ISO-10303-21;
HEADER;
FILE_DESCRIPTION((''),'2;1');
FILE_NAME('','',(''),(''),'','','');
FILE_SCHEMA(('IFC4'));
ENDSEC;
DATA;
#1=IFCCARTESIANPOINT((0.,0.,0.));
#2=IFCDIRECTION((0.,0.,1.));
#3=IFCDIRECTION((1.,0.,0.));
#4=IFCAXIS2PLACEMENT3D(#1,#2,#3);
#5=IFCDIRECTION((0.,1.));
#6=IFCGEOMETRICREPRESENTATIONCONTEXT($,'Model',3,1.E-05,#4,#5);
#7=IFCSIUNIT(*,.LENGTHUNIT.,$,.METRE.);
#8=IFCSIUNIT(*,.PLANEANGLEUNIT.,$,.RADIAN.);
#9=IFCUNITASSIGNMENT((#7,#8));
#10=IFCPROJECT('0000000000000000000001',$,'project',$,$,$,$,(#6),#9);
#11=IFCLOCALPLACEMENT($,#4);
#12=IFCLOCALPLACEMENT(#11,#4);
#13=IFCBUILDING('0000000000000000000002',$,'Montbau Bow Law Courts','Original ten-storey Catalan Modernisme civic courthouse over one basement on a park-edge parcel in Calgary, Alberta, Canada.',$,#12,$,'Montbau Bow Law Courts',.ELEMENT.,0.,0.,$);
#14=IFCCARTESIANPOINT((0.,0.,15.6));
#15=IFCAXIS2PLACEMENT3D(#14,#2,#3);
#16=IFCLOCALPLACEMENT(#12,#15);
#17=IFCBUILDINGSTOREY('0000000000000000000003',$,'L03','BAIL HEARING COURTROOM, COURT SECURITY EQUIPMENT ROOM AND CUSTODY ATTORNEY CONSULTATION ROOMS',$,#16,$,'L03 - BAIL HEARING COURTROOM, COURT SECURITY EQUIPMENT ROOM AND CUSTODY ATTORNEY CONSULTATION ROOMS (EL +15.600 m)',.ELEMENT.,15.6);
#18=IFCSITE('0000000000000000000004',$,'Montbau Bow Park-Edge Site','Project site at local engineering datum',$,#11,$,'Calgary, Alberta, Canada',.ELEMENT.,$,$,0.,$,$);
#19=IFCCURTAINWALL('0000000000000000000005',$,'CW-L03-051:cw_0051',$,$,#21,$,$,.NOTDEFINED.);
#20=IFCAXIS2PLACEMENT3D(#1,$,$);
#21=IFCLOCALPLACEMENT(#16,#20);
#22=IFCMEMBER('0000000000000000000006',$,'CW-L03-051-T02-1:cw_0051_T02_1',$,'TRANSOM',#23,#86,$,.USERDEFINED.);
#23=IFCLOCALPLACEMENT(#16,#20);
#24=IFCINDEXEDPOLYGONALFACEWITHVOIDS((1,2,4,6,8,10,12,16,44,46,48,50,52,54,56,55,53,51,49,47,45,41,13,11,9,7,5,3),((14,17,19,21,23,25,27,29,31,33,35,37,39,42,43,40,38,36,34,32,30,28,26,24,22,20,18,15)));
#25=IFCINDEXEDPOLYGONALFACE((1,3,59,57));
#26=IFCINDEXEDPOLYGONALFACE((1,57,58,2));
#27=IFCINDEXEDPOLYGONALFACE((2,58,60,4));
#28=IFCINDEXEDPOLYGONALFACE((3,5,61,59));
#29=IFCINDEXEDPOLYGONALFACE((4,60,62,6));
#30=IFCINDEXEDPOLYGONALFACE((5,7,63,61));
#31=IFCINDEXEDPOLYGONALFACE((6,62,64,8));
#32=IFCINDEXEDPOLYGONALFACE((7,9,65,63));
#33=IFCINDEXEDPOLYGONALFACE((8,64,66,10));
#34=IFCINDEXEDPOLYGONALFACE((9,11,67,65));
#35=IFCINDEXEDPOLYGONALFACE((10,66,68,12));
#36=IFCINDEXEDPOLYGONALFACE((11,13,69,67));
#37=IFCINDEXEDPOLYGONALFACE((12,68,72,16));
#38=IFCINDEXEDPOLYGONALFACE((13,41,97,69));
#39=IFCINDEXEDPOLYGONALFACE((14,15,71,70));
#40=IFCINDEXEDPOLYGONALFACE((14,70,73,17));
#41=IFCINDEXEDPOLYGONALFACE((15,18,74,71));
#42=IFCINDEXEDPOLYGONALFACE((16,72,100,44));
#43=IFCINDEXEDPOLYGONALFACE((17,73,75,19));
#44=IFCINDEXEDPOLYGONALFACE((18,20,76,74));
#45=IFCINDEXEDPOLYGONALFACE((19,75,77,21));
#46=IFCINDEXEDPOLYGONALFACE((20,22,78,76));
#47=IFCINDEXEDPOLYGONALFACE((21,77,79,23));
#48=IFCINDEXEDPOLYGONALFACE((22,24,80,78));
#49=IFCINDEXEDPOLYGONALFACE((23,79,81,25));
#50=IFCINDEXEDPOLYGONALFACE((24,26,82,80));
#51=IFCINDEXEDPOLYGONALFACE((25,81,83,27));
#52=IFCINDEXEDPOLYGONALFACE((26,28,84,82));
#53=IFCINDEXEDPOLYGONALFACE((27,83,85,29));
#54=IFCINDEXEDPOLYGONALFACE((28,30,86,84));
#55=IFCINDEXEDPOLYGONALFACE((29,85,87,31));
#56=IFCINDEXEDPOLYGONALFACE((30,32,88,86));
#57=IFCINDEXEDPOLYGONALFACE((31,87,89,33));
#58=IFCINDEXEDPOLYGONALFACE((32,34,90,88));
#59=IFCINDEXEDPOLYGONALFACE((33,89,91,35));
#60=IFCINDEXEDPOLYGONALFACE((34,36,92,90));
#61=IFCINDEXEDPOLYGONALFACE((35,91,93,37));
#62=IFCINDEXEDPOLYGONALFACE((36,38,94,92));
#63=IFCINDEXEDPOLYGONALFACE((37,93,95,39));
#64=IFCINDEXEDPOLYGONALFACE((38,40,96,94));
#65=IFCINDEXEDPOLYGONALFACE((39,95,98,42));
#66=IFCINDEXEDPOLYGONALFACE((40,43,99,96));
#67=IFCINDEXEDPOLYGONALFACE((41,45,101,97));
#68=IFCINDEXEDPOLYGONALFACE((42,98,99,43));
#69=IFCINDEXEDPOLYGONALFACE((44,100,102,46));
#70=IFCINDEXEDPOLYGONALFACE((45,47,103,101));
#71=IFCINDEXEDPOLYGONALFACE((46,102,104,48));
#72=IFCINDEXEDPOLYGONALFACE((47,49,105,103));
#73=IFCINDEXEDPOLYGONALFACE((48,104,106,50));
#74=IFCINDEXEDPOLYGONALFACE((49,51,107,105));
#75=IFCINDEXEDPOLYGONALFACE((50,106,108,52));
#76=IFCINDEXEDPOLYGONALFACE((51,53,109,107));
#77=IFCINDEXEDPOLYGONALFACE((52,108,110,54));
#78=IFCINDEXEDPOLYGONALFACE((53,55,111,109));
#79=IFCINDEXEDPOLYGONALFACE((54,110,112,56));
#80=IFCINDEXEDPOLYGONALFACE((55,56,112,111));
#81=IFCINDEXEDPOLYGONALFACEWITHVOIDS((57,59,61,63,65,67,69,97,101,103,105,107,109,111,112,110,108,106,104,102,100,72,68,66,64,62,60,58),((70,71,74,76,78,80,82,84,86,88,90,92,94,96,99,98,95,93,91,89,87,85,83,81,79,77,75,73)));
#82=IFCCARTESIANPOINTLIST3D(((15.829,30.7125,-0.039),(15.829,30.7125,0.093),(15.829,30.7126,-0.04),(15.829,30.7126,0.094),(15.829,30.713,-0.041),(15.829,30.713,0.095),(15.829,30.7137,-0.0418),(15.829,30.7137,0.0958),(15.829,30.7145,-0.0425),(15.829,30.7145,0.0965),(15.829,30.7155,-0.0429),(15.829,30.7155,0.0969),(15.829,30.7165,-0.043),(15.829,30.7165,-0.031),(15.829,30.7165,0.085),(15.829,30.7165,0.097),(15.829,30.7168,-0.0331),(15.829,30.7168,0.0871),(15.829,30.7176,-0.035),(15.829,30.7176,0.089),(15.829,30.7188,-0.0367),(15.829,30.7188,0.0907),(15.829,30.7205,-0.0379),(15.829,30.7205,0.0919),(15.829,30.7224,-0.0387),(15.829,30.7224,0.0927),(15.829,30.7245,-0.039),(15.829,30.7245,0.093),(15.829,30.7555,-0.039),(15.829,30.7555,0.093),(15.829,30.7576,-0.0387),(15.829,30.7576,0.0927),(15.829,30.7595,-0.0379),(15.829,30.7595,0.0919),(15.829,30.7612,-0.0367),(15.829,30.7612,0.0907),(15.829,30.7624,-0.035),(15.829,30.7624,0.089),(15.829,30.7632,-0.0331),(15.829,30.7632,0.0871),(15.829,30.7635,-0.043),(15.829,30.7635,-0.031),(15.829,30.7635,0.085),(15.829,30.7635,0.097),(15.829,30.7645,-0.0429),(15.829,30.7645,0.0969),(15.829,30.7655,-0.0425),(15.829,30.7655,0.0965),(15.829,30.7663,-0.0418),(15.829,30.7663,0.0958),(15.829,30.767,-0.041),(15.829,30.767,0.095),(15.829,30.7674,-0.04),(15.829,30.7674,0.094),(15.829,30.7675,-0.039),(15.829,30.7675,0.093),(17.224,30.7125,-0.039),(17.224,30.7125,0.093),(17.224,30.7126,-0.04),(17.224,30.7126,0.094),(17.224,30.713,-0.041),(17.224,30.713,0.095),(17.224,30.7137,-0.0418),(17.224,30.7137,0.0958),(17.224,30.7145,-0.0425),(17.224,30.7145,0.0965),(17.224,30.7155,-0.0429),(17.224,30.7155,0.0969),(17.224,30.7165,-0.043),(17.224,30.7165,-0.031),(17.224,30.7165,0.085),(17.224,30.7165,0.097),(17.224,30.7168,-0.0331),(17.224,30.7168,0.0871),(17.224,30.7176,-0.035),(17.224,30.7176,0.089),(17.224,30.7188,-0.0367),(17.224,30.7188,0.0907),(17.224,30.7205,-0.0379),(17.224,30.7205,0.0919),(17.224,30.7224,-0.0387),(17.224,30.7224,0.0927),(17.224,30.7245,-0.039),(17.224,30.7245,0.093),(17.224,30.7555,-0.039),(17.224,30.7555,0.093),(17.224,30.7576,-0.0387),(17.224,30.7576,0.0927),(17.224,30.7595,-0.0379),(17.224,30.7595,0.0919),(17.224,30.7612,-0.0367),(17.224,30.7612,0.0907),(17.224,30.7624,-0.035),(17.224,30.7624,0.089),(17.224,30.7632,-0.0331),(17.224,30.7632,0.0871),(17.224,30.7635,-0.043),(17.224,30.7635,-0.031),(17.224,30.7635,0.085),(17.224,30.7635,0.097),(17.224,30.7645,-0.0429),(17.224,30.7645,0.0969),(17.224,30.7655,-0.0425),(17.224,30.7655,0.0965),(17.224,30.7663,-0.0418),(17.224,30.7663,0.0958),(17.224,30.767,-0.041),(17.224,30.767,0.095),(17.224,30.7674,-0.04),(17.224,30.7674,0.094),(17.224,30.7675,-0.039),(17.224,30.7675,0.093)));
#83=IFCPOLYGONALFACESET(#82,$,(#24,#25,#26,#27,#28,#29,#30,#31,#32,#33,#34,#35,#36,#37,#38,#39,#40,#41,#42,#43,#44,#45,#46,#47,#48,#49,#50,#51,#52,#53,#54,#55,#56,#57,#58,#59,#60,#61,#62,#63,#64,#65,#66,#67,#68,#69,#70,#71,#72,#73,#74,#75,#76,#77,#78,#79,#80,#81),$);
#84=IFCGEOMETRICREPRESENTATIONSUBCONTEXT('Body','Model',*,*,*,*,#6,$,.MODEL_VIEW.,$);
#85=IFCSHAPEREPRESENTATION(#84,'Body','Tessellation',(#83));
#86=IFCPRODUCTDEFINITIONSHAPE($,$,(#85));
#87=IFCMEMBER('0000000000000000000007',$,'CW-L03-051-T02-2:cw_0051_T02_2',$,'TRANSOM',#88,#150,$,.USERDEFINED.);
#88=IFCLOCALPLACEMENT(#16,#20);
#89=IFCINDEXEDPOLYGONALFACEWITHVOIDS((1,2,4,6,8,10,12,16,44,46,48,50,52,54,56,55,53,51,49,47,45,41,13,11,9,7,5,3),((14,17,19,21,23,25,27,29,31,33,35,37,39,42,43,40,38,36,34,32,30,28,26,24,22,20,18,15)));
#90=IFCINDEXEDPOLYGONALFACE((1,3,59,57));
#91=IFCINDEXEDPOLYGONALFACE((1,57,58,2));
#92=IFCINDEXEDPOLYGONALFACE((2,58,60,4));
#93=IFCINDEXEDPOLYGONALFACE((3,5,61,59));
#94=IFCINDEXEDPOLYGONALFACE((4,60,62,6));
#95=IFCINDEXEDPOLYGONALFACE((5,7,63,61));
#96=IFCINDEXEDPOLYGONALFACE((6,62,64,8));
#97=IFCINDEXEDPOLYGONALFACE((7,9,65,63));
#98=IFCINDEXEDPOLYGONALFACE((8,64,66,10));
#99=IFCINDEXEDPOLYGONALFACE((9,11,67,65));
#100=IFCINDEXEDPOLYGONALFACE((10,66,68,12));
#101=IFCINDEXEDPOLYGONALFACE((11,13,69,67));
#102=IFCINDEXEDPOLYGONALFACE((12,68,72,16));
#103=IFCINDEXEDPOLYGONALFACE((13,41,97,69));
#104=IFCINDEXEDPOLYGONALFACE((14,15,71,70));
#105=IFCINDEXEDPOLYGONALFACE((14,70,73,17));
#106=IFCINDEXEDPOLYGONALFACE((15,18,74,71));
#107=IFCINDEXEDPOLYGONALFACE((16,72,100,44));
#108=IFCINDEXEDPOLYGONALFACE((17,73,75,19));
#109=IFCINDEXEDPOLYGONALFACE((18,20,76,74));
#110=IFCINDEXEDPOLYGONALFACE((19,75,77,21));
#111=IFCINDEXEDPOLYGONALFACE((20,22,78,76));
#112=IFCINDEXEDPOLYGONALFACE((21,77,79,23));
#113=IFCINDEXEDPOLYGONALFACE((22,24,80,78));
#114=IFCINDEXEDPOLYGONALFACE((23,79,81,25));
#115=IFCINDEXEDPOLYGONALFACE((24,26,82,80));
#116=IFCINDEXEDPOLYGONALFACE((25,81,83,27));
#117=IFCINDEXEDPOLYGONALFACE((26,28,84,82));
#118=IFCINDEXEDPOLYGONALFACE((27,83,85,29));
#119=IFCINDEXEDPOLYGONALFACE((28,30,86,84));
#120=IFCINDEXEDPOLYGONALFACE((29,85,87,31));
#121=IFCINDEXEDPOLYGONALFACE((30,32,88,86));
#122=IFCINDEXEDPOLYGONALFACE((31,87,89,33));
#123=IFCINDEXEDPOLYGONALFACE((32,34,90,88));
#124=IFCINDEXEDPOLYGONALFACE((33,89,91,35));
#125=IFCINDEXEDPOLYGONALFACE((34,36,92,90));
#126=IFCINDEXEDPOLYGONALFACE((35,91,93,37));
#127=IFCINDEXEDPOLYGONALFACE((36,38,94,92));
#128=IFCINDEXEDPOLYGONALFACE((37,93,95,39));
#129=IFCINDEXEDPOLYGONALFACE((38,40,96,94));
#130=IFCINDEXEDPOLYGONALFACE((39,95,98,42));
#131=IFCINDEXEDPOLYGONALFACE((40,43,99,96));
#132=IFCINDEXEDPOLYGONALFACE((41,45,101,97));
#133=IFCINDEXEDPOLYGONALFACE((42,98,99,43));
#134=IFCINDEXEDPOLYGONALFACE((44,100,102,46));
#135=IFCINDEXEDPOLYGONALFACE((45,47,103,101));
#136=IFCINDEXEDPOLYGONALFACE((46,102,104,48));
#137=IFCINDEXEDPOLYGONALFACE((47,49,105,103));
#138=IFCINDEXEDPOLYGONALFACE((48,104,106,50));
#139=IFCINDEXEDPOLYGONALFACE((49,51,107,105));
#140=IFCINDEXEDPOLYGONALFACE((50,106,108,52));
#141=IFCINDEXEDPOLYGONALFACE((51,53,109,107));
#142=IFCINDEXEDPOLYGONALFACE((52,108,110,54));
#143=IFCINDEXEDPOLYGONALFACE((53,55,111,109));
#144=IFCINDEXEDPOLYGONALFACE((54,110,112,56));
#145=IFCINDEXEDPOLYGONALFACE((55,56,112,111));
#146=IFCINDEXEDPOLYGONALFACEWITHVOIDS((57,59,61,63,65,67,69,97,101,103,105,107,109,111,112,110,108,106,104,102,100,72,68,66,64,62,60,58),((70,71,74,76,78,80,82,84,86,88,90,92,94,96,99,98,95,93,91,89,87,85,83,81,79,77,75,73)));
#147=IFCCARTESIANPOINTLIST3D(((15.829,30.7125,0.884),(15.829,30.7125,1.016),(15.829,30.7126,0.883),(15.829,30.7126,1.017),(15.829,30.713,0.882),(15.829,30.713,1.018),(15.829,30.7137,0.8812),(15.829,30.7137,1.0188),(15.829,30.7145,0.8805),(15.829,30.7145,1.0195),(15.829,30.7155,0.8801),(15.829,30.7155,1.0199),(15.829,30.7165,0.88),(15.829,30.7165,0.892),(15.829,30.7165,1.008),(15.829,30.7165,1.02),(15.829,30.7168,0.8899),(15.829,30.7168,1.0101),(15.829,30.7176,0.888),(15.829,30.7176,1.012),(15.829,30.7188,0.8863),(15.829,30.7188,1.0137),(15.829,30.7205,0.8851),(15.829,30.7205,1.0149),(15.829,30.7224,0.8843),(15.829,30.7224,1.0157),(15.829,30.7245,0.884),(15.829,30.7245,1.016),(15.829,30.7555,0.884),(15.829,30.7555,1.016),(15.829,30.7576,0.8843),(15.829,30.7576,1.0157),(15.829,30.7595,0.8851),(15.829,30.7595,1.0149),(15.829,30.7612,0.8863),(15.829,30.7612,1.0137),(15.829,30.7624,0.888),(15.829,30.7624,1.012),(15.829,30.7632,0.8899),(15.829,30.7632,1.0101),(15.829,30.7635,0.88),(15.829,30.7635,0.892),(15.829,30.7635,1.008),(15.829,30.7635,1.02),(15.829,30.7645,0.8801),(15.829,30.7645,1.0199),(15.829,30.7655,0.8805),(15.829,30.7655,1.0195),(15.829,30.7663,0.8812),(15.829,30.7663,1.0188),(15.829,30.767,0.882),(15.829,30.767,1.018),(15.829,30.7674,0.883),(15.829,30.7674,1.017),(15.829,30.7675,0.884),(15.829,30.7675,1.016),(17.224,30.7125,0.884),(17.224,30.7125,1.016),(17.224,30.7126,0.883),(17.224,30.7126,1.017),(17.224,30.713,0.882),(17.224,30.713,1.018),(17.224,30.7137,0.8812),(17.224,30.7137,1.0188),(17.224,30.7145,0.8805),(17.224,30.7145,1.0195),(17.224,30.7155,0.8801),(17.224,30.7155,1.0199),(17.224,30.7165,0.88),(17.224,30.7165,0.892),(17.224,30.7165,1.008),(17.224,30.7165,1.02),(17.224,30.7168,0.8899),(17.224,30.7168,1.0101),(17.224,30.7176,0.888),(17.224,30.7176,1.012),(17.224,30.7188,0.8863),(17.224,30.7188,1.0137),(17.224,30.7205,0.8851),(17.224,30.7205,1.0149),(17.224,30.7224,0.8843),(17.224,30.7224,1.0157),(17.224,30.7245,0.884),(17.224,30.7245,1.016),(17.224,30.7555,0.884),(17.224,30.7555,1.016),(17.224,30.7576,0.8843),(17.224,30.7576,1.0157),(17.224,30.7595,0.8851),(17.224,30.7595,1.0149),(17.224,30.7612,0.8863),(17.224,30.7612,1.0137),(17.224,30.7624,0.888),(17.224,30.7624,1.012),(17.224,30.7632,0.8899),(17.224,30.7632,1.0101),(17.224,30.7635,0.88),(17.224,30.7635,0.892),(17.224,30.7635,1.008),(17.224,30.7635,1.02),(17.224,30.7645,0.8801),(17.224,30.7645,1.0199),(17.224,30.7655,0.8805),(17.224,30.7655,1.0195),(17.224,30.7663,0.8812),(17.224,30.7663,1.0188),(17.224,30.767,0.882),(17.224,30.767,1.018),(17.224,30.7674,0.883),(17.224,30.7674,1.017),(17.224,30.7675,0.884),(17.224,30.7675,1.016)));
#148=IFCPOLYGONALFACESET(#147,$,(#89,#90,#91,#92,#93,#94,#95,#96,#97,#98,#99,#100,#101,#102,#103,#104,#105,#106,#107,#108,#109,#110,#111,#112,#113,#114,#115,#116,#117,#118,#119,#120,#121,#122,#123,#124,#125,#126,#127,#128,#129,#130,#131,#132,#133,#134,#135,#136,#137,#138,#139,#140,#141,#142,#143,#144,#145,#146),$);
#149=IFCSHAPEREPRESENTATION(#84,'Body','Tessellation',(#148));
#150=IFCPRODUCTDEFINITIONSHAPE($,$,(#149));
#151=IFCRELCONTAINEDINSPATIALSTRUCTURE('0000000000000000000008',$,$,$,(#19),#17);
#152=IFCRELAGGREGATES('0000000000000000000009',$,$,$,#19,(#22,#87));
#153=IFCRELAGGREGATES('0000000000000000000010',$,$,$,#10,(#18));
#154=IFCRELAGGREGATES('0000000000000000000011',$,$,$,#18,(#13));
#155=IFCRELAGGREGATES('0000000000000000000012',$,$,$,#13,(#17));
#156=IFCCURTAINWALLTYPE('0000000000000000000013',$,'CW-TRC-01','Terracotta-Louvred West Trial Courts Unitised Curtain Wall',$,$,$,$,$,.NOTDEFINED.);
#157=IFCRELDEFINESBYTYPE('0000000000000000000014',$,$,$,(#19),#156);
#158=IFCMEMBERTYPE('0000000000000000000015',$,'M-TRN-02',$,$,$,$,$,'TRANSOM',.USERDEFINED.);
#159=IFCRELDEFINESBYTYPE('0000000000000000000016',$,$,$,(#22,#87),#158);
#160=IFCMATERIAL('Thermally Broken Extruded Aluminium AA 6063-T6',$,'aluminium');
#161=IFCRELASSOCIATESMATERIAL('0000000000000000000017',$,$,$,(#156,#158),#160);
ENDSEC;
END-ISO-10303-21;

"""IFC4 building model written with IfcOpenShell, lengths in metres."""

from ifc_helpers import new_model, si_unit, direction, frame, origin_with_axes, origin_2d_with_axis, place, context, subcontext, project, spatial, hollow_rectangle, extrude, material, material_profile, profile_set, type_object, element, aggregate, save


model = new_model("IFC4")

# Units and contexts
model_context = context("Model", 3, precision=1e-05, world=origin_with_axes(), true_north=direction((0.0, 1.0)))
body_context = subcontext(model_context, "Body", "Model", "MODEL_VIEW")
ifc_project = project(units=[si_unit("LENGTHUNIT", "METRE"), si_unit("PLANEANGLEUNIT", "RADIAN")], contexts=[model_context])

# Site, building, storey
site_placement = place(None, origin_with_axes())
site = spatial("IfcSite", under=ifc_project, at=site_placement, Name="Montbau Bow Park-Edge Site", Description="Project site at local engineering datum", LongName="Calgary, Alberta, Canada", CompositionType="ELEMENT", RefElevation=0.0)
building_placement = place(site_placement, origin_with_axes())
building = spatial("IfcBuilding", under=site, at=building_placement, Name="Montbau Bow Law Courts", Description="Original ten-storey Catalan Modernisme civic courthouse over one basement on a park-edge parcel in Calgary, Alberta, Canada.", LongName="Montbau Bow Law Courts", CompositionType="ELEMENT", ElevationOfRefHeight=0.0, ElevationOfTerrain=0.0)
storey_placement = place(building_placement, frame((0.0, 0.0, 15.6), z_axis=(0.0, 0.0, 1.0), x_axis=(1.0, 0.0, 0.0)))
storey = spatial("IfcBuildingStorey", under=building, at=storey_placement, Name="L03", Description="BAIL HEARING COURTROOM, COURT SECURITY EQUIPMENT ROOM AND CUSTODY ATTORNEY CONSULTATION ROOMS", LongName="L03 - BAIL HEARING COURTROOM, COURT SECURITY EQUIPMENT ROOM AND CUSTODY ATTORNEY CONSULTATION ROOMS (EL +15.600 m)", CompositionType="ELEMENT", Elevation=15.6)

# Curtain wall
ifc_material_1 = material(Name="Thermally Broken Extruded Aluminium AA 6063-T6", Category="aluminium")
curtain_wall_type = type_object("IfcCurtainWallType", Name="CW-TRC-01", Description="Terracotta-Louvred West Trial Courts Unitised Curtain Wall", PredefinedType="NOTDEFINED", material=ifc_material_1)
curtain_wall_1_placement = place(None, frame((14.315, 30.74, 15.6), z_axis=(0.0, 0.0, 1.0), x_axis=(1.0, 0.0, 0.0)))
curtain_wall_1 = element("IfcCurtainWall", 1, at=curtain_wall_1_placement, inside=storey, type_object=curtain_wall_type, Name="CW-L03-051:cw_0051", PredefinedType="NOTDEFINED")

# Members
ifc_material_profile_1 = material_profile(ifc_material_1, hollow_rectangle(XDim=0.055, YDim=0.14, WallThickness=0.004, InnerFilletRadius=0.008, OuterFilletRadius=0.004, at=origin_2d_with_axis()), Name="CWT-140X55", Category="Main", Priority=0)
ifc_profile_set_1 = profile_set([ifc_material_profile_1], Name="Thermally Broken Extruded Aluminium AA 6063-T6")
member_type_1 = type_object("IfcMemberType", Name="M-TRN-02", ElementType="TRANSOM", PredefinedType="USERDEFINED", material=ifc_profile_set_1)
member_1_placement = place(None, frame((15.829, 30.74, 15.627), z_axis=(1.0, 0.0, 0.0), x_axis=(0.0, 1.0, 0.0)))
member_1 = element("IfcMember", 2, at=member_1_placement, type_object=member_type_1, Name="CW-L03-051-T02-1:cw_0051_T02_1", ObjectType="TRANSOM", PredefinedType="USERDEFINED", context=body_context, shape_type="SweptSolid", body=[
    extrude(hollow_rectangle(XDim=0.055, YDim=0.14, WallThickness=0.004, InnerFilletRadius=0.008, OuterFilletRadius=0.004, at=origin_2d_with_axis()), origin_with_axes(), (0.0, 0.0, 1.0), 1.395),
])
member_2_placement = place(None, frame((15.829, 30.74, 16.55), z_axis=(1.0, 0.0, 0.0), x_axis=(0.0, 1.0, 0.0)))
member_2 = element("IfcMember", 3, at=member_2_placement, type_object=member_type_1, Name="CW-L03-051-T02-2:cw_0051_T02_2", ObjectType="TRANSOM", PredefinedType="USERDEFINED", context=body_context, shape_type="SweptSolid", body=[
    extrude(hollow_rectangle(XDim=0.055, YDim=0.14, WallThickness=0.004, InnerFilletRadius=0.008, OuterFilletRadius=0.004, at=origin_2d_with_axis()), origin_with_axes(), (0.0, 0.0, 1.0), 1.395),
])

aggregate(curtain_wall_1, [member_1, member_2])

save(model, "model.ifc")
